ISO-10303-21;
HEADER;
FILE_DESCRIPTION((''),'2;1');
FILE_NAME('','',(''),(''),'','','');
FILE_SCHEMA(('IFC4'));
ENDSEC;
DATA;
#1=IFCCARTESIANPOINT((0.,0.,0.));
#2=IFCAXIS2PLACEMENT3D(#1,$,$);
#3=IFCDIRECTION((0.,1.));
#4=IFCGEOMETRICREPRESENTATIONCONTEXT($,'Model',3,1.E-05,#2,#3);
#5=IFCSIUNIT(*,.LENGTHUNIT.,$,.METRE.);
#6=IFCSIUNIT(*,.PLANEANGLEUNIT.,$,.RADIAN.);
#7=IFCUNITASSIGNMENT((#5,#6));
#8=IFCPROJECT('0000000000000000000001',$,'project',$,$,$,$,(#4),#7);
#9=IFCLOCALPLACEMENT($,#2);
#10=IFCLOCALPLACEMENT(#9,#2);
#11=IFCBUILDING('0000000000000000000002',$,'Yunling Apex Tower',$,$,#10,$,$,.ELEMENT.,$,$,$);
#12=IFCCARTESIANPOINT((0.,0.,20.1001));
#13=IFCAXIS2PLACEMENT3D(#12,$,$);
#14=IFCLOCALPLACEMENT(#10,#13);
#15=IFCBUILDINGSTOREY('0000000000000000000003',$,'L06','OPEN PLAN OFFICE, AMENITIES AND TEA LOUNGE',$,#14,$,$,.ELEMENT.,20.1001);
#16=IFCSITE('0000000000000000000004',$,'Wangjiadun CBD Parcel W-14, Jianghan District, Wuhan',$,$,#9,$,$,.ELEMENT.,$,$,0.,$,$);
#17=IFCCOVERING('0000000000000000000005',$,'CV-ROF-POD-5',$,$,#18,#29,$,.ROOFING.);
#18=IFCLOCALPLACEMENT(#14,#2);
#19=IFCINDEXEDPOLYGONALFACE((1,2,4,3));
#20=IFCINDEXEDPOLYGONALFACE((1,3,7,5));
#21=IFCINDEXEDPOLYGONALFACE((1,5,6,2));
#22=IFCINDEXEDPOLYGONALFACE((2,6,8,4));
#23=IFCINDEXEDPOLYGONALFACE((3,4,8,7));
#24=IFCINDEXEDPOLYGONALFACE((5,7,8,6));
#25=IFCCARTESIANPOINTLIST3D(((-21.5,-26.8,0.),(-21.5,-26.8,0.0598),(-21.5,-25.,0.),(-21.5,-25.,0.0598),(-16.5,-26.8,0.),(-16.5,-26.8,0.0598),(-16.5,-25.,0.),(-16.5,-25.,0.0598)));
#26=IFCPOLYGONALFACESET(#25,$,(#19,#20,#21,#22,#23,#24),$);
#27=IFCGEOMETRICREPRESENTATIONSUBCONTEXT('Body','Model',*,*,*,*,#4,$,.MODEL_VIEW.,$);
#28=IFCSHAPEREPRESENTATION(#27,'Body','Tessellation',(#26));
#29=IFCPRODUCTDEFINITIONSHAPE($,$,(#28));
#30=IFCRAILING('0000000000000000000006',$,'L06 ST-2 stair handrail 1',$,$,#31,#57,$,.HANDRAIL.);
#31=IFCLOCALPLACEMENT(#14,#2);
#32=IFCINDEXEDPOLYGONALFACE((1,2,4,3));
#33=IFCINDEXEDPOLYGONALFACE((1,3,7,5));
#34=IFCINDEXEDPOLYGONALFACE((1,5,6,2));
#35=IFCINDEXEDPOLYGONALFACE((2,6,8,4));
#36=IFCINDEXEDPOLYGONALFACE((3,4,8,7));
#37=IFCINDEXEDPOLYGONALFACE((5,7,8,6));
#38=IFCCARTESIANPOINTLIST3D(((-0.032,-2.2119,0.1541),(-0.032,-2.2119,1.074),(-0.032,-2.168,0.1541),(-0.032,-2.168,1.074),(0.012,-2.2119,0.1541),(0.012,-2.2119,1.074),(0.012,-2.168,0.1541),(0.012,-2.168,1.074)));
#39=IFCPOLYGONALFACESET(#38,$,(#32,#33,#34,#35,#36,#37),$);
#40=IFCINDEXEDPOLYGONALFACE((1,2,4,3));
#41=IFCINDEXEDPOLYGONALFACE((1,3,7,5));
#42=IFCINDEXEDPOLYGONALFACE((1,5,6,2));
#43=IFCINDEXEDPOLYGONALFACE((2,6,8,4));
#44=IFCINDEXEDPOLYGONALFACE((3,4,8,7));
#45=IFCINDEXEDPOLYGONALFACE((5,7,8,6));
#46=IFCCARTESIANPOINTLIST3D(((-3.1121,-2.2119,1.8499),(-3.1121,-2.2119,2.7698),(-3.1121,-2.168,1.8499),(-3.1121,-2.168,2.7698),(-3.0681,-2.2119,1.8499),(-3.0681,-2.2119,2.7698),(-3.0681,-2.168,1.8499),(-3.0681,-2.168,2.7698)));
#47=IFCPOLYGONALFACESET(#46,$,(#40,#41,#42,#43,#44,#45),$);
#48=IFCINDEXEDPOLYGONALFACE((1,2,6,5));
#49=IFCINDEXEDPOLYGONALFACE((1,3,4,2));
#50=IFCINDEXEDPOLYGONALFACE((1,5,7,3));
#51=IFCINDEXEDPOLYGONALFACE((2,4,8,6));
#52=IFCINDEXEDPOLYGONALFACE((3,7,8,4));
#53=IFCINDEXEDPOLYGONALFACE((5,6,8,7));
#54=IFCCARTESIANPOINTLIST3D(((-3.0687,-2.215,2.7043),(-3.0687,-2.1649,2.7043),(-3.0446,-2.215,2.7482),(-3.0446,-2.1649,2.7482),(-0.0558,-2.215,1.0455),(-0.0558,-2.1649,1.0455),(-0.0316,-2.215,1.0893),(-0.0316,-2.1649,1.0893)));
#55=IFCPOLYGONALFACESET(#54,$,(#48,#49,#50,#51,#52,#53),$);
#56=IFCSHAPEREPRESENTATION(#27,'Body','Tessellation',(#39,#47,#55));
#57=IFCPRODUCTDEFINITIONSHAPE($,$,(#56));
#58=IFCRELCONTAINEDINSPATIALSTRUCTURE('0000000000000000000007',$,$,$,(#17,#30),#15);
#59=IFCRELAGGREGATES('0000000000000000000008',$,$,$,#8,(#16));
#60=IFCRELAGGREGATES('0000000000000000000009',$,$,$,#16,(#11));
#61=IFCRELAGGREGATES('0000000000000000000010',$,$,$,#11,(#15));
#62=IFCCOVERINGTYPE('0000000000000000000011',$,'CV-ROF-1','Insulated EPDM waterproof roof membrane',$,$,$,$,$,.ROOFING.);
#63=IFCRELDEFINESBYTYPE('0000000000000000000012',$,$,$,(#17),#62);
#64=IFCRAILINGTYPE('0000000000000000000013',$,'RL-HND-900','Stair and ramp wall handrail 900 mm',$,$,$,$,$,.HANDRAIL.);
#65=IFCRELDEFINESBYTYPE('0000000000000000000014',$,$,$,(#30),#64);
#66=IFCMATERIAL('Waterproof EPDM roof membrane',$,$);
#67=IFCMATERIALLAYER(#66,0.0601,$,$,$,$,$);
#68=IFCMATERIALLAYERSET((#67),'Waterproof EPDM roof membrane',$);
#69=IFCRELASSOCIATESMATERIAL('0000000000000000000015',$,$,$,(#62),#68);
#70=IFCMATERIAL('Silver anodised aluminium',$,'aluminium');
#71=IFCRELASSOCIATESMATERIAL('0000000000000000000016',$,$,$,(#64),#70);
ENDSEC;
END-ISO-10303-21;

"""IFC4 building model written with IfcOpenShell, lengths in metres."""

from ifc_helpers import new_model, si_unit, direction, frame, origin, origin_2d, place, context, subcontext, project, spatial, polyline, rectangle, outline, extrude, material, layer, layer_set, type_object, element, save


model = new_model("IFC4")

# Units and contexts
model_context = context("Model", 3, precision=1e-05, world=origin(), true_north=direction((0.0, 1.0)))
body_context = subcontext(model_context, "Body", "Model", "MODEL_VIEW")
ifc_project = project(units=[si_unit("LENGTHUNIT", "METRE"), si_unit("PLANEANGLEUNIT", "RADIAN")], contexts=[model_context])

# Site, building, storey
site_placement = place(None, origin())
site = spatial("IfcSite", under=ifc_project, at=site_placement, Name="Wangjiadun CBD Parcel W-14, Jianghan District, Wuhan", CompositionType="ELEMENT", RefElevation=0.0)
building_placement = place(site_placement, origin())
building = spatial("IfcBuilding", under=site, at=building_placement, Name="Yunling Apex Tower", CompositionType="ELEMENT")
storey_placement = place(building_placement, frame((0.0, 0.0, 20.1001)))
storey = spatial("IfcBuildingStorey", under=building, at=storey_placement, Name="L06", Description="OPEN PLAN OFFICE, AMENITIES AND TEA LOUNGE", CompositionType="ELEMENT", Elevation=20.1001)

# Covering
ifc_material_1 = material(Name="Waterproof EPDM roof membrane")
ifc_layer_1 = layer(ifc_material_1, 0.0601)
ifc_layer_set_1 = layer_set([ifc_layer_1], Name="Waterproof EPDM roof membrane")
covering_type_1 = type_object("IfcCoveringType", Name="CV-ROF-1", Description="Insulated EPDM waterproof roof membrane", PredefinedType="ROOFING", material=ifc_layer_set_1)
covering_1_placement = place(storey_placement, origin())
element("IfcCovering", 1, at=covering_1_placement, inside=storey, type_object=covering_type_1, Name="CV-ROF-POD-5", PredefinedType="ROOFING", context=body_context, shape_type="SweptSolid", body=[
    extrude(outline(polyline([(-21.5, -26.8), (-16.5, -26.8), (-16.5, -25.0), (-21.5, -25.0), (-21.5, -26.8)])), origin(), (0.0, 0.0, 1.0), 0.0598),
])

# Railing
ifc_material_2 = material(Name="Silver anodised aluminium", Category="aluminium")
railing_type = type_object("IfcRailingType", Name="RL-HND-900", Description="Stair and ramp wall handrail 900 mm", PredefinedType="HANDRAIL", material=ifc_material_2)
railing_placement = place(storey_placement, frame((-0.01, -2.1899, 0.1541)))
element("IfcRailing", 2, at=railing_placement, inside=storey, type_object=railing_type, Name="L06 ST-2 stair handrail 1", PredefinedType="HANDRAIL", context=body_context, shape_type="SweptSolid", body=[
    extrude(rectangle(XDim=0.0439, YDim=0.0439, at=origin_2d()), origin(), (0.0, 0.0, 1.0), 0.9199),
    extrude(rectangle(XDim=0.0439, YDim=0.0439, at=origin_2d()), frame((-3.0801, 0.0, 1.6958)), (0.0, 0.0, 1.0), 0.9199),
    extrude(rectangle(XDim=0.05, YDim=0.05, at=origin_2d()), frame((-0.0337, 0.0, 0.9133), z_axis=(-0.876005, 0.0, 0.482303), x_axis=(0.0, -1.0, 0.0)), (0.0, 0.0, 1.0), 3.4395),
])

save(model, "model.ifc")
